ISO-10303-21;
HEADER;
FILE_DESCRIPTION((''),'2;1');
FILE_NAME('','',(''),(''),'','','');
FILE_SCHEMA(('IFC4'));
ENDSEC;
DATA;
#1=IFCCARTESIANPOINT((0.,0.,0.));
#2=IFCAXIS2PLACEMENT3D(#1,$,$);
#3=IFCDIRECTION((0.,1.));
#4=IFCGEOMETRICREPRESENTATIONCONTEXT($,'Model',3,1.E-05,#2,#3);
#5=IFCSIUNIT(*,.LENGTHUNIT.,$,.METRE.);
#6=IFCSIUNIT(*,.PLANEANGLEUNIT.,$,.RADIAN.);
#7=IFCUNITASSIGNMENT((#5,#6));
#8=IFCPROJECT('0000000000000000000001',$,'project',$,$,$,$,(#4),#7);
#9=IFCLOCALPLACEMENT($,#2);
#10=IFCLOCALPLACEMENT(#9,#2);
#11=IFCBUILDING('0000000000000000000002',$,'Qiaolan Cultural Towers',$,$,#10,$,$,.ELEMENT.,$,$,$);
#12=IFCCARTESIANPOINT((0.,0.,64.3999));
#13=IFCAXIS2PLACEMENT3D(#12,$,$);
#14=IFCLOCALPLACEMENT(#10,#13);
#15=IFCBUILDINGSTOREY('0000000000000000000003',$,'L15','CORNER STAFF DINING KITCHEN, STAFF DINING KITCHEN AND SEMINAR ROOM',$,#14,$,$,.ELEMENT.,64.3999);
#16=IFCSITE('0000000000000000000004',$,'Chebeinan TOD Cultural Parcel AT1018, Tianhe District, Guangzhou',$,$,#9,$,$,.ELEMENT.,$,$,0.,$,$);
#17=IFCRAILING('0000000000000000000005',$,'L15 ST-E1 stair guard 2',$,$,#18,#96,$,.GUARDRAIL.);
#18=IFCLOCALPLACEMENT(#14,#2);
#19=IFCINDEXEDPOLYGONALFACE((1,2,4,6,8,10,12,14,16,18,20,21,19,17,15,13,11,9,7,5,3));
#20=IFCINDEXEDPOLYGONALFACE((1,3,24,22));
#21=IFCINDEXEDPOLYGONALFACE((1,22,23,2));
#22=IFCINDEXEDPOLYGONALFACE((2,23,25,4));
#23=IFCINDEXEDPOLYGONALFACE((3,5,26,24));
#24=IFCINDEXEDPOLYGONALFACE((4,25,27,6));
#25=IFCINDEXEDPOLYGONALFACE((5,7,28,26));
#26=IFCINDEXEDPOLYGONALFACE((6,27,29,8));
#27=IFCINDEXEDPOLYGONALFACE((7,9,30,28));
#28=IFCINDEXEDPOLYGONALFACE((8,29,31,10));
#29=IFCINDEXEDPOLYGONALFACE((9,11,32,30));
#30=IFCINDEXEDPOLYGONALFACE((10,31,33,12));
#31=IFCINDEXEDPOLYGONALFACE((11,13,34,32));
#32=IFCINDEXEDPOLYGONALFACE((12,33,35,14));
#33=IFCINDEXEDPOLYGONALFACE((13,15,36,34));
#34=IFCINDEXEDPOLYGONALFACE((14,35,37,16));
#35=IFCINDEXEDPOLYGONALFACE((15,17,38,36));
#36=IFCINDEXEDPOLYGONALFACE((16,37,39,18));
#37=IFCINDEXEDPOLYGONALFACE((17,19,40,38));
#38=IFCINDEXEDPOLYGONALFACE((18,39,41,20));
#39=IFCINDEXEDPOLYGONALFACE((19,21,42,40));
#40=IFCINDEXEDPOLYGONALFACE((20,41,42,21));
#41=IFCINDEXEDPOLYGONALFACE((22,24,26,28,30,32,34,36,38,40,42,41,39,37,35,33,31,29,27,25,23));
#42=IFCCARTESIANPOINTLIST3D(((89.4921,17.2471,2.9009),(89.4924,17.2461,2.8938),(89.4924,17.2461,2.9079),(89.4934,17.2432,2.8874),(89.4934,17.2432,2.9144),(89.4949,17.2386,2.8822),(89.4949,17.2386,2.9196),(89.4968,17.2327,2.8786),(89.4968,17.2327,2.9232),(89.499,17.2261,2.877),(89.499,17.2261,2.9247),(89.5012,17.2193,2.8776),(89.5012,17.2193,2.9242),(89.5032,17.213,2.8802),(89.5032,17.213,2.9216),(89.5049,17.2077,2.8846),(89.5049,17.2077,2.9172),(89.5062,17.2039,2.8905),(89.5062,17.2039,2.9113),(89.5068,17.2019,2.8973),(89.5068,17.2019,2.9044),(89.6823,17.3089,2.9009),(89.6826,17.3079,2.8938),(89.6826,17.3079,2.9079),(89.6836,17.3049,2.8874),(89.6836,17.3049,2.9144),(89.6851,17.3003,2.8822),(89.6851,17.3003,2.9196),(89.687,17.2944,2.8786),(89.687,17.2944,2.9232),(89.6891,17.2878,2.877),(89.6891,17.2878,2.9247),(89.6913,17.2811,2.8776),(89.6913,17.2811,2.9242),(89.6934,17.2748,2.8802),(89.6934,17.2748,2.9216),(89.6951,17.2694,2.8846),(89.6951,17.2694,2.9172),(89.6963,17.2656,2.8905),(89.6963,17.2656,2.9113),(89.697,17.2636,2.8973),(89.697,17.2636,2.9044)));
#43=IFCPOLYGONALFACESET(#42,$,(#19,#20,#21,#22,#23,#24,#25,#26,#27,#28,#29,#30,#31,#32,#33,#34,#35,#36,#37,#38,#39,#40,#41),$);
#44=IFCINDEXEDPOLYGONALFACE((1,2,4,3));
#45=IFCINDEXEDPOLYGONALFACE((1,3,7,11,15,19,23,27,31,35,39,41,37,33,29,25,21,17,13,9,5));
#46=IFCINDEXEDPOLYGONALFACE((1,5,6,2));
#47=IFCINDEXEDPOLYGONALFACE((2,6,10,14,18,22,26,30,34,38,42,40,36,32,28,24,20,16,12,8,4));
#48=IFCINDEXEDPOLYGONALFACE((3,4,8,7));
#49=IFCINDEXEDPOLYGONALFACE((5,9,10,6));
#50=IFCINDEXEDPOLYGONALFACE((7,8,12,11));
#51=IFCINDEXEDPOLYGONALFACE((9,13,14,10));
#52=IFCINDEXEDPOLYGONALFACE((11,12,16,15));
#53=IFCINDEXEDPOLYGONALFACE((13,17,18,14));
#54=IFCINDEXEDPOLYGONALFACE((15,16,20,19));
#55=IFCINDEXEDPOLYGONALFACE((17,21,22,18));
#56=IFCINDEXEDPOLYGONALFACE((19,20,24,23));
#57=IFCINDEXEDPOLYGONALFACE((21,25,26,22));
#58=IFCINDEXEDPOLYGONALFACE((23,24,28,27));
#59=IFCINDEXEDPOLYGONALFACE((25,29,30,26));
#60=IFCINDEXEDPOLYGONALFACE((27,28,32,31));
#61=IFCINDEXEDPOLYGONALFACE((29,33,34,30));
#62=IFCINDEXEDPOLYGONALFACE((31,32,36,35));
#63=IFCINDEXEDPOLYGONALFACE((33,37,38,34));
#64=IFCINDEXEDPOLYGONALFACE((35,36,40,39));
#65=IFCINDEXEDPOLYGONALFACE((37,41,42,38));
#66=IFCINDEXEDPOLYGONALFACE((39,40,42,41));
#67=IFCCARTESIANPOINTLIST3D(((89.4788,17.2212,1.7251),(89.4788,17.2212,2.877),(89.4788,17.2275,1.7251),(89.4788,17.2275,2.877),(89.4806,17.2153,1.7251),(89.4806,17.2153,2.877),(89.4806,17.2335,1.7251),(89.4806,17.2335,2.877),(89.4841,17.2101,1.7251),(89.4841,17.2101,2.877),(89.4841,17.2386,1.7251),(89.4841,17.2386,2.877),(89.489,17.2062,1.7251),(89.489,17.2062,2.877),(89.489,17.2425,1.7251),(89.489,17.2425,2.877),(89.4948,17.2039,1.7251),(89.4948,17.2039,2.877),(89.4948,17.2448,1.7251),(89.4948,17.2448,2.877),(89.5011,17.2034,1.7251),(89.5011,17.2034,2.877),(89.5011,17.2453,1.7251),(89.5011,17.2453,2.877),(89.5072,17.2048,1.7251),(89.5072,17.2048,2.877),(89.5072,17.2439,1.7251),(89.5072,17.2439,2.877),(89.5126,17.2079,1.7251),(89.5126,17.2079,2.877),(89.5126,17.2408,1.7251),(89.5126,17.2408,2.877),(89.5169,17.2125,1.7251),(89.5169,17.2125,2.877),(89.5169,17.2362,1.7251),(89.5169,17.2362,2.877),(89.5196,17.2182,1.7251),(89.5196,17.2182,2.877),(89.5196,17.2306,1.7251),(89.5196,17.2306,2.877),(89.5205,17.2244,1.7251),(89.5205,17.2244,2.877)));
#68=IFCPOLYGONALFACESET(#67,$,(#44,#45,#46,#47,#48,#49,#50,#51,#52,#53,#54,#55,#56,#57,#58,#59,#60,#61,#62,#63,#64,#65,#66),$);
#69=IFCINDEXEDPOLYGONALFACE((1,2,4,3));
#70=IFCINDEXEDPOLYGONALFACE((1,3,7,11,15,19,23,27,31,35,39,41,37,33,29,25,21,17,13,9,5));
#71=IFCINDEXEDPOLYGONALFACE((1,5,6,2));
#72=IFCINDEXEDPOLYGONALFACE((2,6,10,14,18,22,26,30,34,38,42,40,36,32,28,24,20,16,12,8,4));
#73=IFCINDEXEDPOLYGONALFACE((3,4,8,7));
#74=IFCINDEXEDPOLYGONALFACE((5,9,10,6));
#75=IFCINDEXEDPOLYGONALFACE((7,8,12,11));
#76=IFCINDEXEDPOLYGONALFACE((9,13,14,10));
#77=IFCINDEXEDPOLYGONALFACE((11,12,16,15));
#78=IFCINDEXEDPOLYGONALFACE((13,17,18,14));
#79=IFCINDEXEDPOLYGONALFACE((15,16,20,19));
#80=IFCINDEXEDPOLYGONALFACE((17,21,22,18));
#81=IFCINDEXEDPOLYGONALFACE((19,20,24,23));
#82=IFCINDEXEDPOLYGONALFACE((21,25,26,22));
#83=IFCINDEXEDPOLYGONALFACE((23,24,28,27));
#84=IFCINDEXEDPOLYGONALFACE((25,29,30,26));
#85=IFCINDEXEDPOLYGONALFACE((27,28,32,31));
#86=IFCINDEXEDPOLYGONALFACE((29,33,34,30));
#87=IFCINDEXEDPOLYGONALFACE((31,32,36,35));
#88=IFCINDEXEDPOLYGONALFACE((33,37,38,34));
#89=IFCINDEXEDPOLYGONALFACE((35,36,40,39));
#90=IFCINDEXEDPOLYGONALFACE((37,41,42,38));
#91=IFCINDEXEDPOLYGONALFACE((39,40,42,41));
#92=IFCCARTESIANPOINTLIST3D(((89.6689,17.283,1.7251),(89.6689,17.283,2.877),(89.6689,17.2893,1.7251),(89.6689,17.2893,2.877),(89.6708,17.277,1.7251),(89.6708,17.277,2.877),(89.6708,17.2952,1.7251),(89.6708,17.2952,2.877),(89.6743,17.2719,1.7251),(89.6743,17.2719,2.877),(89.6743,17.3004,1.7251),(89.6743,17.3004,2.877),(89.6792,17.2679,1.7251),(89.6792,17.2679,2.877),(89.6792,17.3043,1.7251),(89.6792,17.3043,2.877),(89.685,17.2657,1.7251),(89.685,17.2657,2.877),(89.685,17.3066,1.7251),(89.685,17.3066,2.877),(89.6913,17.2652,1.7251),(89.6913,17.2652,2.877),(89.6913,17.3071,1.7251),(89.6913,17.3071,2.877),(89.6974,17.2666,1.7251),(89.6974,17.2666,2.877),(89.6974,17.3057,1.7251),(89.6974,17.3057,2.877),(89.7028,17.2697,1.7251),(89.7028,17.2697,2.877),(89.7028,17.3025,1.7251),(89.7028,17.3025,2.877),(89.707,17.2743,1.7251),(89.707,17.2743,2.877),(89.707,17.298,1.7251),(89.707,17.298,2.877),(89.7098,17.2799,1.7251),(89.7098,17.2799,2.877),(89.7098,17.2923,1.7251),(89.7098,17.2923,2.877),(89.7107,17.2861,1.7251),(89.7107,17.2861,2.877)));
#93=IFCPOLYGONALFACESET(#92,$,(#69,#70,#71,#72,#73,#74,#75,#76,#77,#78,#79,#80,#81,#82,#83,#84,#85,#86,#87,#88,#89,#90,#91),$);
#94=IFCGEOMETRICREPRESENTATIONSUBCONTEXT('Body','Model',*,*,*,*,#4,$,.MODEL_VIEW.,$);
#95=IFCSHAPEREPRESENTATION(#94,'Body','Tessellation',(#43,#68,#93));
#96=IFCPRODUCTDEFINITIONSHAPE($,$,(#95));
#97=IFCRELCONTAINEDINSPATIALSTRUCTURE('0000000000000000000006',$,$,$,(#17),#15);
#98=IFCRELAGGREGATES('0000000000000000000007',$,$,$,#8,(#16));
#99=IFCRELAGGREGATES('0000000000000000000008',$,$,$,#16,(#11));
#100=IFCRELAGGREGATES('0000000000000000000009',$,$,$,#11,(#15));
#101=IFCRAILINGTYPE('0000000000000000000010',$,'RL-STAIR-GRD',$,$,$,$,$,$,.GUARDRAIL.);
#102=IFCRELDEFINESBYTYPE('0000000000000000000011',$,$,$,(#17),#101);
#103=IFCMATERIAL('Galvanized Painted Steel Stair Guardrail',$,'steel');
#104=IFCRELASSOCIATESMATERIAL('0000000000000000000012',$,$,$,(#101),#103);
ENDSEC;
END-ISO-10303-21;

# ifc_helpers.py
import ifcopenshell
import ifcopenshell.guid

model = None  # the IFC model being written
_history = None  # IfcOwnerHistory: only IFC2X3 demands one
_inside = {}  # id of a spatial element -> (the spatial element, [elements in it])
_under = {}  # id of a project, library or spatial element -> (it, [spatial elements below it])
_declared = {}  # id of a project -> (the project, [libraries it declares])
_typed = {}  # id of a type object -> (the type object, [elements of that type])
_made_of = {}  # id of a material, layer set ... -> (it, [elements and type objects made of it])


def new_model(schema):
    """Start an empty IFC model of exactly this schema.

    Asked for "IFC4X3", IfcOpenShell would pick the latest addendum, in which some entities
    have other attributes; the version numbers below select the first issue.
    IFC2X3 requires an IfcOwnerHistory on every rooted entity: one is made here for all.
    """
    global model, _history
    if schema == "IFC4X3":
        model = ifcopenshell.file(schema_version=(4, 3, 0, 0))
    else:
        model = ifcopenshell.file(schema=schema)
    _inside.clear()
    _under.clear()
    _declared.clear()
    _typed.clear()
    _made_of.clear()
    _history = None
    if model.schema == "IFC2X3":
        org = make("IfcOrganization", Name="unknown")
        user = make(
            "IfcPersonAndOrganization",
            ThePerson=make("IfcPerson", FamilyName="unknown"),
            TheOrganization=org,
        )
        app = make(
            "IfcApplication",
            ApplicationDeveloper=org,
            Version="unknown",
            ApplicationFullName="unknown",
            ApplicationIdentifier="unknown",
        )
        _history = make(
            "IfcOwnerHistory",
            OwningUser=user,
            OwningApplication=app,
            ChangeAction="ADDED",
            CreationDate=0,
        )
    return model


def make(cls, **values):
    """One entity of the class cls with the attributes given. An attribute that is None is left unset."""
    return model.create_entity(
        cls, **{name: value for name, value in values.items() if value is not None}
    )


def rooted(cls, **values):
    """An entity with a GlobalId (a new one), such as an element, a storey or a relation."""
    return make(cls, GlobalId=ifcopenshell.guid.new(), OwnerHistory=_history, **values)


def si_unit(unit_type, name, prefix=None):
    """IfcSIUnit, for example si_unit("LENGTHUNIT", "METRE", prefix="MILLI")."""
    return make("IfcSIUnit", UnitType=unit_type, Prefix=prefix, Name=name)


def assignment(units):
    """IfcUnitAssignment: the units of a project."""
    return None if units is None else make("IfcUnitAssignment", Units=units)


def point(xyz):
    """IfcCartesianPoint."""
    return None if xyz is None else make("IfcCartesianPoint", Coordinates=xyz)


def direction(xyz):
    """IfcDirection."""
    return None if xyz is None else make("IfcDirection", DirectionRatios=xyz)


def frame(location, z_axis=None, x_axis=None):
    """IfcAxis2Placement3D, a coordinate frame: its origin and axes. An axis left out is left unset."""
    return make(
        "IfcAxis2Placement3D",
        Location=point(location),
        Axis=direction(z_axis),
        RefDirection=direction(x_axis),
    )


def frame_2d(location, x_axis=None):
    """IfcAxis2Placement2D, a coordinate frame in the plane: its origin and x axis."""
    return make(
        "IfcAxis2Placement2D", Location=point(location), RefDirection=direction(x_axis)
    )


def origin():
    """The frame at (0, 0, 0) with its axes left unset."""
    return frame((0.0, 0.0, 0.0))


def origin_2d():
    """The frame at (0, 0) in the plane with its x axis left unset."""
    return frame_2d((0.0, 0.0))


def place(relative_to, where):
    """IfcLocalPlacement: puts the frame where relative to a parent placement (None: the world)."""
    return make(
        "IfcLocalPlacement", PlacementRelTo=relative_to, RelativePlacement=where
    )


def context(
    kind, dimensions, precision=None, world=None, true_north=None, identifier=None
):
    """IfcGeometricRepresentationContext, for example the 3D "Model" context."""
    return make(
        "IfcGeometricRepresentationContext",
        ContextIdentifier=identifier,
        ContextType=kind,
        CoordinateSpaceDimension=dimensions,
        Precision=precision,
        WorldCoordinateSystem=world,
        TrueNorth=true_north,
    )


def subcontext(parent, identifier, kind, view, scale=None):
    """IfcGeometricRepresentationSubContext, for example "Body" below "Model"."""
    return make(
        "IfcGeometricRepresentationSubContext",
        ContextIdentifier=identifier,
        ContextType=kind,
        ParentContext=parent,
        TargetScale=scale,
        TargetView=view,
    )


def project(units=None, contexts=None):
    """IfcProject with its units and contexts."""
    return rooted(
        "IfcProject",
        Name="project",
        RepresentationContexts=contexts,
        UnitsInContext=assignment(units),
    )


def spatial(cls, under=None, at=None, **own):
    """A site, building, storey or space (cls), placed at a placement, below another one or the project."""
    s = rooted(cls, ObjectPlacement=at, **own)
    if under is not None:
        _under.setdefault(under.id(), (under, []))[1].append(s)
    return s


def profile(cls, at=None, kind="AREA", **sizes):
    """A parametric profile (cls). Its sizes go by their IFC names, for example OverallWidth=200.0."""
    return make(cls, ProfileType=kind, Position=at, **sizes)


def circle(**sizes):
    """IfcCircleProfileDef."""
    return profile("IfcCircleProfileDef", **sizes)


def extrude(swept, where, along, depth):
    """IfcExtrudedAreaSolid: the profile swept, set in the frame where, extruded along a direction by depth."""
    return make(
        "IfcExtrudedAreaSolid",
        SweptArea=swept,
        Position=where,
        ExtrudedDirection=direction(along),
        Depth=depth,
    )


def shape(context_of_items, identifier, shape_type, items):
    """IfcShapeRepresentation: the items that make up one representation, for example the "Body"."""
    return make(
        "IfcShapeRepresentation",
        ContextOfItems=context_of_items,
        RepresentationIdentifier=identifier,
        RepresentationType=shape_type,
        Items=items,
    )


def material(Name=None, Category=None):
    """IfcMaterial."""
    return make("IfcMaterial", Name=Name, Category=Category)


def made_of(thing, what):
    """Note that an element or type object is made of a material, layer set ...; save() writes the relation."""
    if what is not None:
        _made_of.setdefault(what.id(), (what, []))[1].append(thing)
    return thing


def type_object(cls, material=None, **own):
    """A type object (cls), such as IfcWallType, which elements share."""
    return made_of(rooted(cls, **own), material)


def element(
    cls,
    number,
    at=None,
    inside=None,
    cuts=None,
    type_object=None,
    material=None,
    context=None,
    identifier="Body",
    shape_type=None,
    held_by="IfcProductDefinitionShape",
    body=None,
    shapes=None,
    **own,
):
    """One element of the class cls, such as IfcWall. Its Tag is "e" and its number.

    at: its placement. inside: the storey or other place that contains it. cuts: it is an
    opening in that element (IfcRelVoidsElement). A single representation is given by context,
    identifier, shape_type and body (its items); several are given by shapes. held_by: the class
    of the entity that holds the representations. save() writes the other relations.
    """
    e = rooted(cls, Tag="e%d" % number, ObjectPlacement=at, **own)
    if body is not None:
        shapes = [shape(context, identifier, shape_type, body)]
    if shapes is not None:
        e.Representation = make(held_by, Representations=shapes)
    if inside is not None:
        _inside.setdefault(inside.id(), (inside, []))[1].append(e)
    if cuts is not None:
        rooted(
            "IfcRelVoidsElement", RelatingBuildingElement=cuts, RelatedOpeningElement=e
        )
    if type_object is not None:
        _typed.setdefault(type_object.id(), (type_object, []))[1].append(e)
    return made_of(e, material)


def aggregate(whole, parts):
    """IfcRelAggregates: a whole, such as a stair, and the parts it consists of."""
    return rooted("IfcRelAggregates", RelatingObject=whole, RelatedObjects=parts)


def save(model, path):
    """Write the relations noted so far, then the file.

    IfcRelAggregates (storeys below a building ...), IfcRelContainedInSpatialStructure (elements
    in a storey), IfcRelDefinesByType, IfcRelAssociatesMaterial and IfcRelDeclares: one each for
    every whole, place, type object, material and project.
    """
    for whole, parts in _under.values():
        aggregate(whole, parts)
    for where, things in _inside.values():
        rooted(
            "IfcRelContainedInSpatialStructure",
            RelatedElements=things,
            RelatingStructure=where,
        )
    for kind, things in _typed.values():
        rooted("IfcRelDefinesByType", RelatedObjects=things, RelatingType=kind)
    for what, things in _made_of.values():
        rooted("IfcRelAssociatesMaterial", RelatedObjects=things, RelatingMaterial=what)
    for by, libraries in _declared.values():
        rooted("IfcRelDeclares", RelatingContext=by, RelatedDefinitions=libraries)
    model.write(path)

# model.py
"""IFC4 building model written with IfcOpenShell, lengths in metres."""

from ifc_helpers import new_model, si_unit, direction, frame, origin, origin_2d, place, context, subcontext, project, spatial, circle, extrude, material, type_object, element, save


model = new_model("IFC4")

# Units and contexts
model_context = context("Model", 3, precision=1e-05, world=origin(), true_north=direction((0.0, 1.0)))
body_context = subcontext(model_context, "Body", "Model", "MODEL_VIEW")
ifc_project = project(units=[si_unit("LENGTHUNIT", "METRE"), si_unit("PLANEANGLEUNIT", "RADIAN")], contexts=[model_context])

# Site, building, storey
site_placement = place(None, origin())
site = spatial("IfcSite", under=ifc_project, at=site_placement, Name="Chebeinan TOD Cultural Parcel AT1018, Tianhe District, Guangzhou", CompositionType="ELEMENT", RefElevation=0.0)
building_placement = place(site_placement, origin())
building = spatial("IfcBuilding", under=site, at=building_placement, Name="Qiaolan Cultural Towers", CompositionType="ELEMENT")
storey_placement = place(building_placement, frame((0.0, 0.0, 64.3999)))
storey = spatial("IfcBuildingStorey", under=building, at=storey_placement, Name="L15", Description="CORNER STAFF DINING KITCHEN, STAFF DINING KITCHEN AND SEMINAR ROOM", CompositionType="ELEMENT", Elevation=64.3999)

# Railing
ifc_material_1 = material(Name="Galvanized Painted Steel Stair Guardrail", Category="steel")
railing_type_1 = type_object("IfcRailingType", Name="RL-STAIR-GRD", PredefinedType="GUARDRAIL", material=ifc_material_1)
railing_1_placement = place(storey_placement, frame((89.4995, 17.2244, 1.7251)))
element("IfcRailing", 1, at=railing_1_placement, inside=storey, type_object=railing_type_1, Name="L15 ST-E1 stair guard 2", PredefinedType="GUARDRAIL", context=body_context, shape_type="SweptSolid", body=[
    extrude(circle(Radius=0.0239, at=origin_2d()), frame((0.0, 0.0, 1.1758), z_axis=(0.951097, 0.308893, 0.0), x_axis=(-0.308893, 0.951097, 0.0)), (0.0, 0.0, 1.0), 0.2),
    extrude(circle(Radius=0.021, at=origin_2d()), origin(), (0.0, 0.0, 1.0), 1.1519),
    extrude(circle(Radius=0.021, at=origin_2d()), frame((0.1902, 0.0618, 0.0)), (0.0, 0.0, 1.0), 1.1519),
])

save(model, "model.ifc")
